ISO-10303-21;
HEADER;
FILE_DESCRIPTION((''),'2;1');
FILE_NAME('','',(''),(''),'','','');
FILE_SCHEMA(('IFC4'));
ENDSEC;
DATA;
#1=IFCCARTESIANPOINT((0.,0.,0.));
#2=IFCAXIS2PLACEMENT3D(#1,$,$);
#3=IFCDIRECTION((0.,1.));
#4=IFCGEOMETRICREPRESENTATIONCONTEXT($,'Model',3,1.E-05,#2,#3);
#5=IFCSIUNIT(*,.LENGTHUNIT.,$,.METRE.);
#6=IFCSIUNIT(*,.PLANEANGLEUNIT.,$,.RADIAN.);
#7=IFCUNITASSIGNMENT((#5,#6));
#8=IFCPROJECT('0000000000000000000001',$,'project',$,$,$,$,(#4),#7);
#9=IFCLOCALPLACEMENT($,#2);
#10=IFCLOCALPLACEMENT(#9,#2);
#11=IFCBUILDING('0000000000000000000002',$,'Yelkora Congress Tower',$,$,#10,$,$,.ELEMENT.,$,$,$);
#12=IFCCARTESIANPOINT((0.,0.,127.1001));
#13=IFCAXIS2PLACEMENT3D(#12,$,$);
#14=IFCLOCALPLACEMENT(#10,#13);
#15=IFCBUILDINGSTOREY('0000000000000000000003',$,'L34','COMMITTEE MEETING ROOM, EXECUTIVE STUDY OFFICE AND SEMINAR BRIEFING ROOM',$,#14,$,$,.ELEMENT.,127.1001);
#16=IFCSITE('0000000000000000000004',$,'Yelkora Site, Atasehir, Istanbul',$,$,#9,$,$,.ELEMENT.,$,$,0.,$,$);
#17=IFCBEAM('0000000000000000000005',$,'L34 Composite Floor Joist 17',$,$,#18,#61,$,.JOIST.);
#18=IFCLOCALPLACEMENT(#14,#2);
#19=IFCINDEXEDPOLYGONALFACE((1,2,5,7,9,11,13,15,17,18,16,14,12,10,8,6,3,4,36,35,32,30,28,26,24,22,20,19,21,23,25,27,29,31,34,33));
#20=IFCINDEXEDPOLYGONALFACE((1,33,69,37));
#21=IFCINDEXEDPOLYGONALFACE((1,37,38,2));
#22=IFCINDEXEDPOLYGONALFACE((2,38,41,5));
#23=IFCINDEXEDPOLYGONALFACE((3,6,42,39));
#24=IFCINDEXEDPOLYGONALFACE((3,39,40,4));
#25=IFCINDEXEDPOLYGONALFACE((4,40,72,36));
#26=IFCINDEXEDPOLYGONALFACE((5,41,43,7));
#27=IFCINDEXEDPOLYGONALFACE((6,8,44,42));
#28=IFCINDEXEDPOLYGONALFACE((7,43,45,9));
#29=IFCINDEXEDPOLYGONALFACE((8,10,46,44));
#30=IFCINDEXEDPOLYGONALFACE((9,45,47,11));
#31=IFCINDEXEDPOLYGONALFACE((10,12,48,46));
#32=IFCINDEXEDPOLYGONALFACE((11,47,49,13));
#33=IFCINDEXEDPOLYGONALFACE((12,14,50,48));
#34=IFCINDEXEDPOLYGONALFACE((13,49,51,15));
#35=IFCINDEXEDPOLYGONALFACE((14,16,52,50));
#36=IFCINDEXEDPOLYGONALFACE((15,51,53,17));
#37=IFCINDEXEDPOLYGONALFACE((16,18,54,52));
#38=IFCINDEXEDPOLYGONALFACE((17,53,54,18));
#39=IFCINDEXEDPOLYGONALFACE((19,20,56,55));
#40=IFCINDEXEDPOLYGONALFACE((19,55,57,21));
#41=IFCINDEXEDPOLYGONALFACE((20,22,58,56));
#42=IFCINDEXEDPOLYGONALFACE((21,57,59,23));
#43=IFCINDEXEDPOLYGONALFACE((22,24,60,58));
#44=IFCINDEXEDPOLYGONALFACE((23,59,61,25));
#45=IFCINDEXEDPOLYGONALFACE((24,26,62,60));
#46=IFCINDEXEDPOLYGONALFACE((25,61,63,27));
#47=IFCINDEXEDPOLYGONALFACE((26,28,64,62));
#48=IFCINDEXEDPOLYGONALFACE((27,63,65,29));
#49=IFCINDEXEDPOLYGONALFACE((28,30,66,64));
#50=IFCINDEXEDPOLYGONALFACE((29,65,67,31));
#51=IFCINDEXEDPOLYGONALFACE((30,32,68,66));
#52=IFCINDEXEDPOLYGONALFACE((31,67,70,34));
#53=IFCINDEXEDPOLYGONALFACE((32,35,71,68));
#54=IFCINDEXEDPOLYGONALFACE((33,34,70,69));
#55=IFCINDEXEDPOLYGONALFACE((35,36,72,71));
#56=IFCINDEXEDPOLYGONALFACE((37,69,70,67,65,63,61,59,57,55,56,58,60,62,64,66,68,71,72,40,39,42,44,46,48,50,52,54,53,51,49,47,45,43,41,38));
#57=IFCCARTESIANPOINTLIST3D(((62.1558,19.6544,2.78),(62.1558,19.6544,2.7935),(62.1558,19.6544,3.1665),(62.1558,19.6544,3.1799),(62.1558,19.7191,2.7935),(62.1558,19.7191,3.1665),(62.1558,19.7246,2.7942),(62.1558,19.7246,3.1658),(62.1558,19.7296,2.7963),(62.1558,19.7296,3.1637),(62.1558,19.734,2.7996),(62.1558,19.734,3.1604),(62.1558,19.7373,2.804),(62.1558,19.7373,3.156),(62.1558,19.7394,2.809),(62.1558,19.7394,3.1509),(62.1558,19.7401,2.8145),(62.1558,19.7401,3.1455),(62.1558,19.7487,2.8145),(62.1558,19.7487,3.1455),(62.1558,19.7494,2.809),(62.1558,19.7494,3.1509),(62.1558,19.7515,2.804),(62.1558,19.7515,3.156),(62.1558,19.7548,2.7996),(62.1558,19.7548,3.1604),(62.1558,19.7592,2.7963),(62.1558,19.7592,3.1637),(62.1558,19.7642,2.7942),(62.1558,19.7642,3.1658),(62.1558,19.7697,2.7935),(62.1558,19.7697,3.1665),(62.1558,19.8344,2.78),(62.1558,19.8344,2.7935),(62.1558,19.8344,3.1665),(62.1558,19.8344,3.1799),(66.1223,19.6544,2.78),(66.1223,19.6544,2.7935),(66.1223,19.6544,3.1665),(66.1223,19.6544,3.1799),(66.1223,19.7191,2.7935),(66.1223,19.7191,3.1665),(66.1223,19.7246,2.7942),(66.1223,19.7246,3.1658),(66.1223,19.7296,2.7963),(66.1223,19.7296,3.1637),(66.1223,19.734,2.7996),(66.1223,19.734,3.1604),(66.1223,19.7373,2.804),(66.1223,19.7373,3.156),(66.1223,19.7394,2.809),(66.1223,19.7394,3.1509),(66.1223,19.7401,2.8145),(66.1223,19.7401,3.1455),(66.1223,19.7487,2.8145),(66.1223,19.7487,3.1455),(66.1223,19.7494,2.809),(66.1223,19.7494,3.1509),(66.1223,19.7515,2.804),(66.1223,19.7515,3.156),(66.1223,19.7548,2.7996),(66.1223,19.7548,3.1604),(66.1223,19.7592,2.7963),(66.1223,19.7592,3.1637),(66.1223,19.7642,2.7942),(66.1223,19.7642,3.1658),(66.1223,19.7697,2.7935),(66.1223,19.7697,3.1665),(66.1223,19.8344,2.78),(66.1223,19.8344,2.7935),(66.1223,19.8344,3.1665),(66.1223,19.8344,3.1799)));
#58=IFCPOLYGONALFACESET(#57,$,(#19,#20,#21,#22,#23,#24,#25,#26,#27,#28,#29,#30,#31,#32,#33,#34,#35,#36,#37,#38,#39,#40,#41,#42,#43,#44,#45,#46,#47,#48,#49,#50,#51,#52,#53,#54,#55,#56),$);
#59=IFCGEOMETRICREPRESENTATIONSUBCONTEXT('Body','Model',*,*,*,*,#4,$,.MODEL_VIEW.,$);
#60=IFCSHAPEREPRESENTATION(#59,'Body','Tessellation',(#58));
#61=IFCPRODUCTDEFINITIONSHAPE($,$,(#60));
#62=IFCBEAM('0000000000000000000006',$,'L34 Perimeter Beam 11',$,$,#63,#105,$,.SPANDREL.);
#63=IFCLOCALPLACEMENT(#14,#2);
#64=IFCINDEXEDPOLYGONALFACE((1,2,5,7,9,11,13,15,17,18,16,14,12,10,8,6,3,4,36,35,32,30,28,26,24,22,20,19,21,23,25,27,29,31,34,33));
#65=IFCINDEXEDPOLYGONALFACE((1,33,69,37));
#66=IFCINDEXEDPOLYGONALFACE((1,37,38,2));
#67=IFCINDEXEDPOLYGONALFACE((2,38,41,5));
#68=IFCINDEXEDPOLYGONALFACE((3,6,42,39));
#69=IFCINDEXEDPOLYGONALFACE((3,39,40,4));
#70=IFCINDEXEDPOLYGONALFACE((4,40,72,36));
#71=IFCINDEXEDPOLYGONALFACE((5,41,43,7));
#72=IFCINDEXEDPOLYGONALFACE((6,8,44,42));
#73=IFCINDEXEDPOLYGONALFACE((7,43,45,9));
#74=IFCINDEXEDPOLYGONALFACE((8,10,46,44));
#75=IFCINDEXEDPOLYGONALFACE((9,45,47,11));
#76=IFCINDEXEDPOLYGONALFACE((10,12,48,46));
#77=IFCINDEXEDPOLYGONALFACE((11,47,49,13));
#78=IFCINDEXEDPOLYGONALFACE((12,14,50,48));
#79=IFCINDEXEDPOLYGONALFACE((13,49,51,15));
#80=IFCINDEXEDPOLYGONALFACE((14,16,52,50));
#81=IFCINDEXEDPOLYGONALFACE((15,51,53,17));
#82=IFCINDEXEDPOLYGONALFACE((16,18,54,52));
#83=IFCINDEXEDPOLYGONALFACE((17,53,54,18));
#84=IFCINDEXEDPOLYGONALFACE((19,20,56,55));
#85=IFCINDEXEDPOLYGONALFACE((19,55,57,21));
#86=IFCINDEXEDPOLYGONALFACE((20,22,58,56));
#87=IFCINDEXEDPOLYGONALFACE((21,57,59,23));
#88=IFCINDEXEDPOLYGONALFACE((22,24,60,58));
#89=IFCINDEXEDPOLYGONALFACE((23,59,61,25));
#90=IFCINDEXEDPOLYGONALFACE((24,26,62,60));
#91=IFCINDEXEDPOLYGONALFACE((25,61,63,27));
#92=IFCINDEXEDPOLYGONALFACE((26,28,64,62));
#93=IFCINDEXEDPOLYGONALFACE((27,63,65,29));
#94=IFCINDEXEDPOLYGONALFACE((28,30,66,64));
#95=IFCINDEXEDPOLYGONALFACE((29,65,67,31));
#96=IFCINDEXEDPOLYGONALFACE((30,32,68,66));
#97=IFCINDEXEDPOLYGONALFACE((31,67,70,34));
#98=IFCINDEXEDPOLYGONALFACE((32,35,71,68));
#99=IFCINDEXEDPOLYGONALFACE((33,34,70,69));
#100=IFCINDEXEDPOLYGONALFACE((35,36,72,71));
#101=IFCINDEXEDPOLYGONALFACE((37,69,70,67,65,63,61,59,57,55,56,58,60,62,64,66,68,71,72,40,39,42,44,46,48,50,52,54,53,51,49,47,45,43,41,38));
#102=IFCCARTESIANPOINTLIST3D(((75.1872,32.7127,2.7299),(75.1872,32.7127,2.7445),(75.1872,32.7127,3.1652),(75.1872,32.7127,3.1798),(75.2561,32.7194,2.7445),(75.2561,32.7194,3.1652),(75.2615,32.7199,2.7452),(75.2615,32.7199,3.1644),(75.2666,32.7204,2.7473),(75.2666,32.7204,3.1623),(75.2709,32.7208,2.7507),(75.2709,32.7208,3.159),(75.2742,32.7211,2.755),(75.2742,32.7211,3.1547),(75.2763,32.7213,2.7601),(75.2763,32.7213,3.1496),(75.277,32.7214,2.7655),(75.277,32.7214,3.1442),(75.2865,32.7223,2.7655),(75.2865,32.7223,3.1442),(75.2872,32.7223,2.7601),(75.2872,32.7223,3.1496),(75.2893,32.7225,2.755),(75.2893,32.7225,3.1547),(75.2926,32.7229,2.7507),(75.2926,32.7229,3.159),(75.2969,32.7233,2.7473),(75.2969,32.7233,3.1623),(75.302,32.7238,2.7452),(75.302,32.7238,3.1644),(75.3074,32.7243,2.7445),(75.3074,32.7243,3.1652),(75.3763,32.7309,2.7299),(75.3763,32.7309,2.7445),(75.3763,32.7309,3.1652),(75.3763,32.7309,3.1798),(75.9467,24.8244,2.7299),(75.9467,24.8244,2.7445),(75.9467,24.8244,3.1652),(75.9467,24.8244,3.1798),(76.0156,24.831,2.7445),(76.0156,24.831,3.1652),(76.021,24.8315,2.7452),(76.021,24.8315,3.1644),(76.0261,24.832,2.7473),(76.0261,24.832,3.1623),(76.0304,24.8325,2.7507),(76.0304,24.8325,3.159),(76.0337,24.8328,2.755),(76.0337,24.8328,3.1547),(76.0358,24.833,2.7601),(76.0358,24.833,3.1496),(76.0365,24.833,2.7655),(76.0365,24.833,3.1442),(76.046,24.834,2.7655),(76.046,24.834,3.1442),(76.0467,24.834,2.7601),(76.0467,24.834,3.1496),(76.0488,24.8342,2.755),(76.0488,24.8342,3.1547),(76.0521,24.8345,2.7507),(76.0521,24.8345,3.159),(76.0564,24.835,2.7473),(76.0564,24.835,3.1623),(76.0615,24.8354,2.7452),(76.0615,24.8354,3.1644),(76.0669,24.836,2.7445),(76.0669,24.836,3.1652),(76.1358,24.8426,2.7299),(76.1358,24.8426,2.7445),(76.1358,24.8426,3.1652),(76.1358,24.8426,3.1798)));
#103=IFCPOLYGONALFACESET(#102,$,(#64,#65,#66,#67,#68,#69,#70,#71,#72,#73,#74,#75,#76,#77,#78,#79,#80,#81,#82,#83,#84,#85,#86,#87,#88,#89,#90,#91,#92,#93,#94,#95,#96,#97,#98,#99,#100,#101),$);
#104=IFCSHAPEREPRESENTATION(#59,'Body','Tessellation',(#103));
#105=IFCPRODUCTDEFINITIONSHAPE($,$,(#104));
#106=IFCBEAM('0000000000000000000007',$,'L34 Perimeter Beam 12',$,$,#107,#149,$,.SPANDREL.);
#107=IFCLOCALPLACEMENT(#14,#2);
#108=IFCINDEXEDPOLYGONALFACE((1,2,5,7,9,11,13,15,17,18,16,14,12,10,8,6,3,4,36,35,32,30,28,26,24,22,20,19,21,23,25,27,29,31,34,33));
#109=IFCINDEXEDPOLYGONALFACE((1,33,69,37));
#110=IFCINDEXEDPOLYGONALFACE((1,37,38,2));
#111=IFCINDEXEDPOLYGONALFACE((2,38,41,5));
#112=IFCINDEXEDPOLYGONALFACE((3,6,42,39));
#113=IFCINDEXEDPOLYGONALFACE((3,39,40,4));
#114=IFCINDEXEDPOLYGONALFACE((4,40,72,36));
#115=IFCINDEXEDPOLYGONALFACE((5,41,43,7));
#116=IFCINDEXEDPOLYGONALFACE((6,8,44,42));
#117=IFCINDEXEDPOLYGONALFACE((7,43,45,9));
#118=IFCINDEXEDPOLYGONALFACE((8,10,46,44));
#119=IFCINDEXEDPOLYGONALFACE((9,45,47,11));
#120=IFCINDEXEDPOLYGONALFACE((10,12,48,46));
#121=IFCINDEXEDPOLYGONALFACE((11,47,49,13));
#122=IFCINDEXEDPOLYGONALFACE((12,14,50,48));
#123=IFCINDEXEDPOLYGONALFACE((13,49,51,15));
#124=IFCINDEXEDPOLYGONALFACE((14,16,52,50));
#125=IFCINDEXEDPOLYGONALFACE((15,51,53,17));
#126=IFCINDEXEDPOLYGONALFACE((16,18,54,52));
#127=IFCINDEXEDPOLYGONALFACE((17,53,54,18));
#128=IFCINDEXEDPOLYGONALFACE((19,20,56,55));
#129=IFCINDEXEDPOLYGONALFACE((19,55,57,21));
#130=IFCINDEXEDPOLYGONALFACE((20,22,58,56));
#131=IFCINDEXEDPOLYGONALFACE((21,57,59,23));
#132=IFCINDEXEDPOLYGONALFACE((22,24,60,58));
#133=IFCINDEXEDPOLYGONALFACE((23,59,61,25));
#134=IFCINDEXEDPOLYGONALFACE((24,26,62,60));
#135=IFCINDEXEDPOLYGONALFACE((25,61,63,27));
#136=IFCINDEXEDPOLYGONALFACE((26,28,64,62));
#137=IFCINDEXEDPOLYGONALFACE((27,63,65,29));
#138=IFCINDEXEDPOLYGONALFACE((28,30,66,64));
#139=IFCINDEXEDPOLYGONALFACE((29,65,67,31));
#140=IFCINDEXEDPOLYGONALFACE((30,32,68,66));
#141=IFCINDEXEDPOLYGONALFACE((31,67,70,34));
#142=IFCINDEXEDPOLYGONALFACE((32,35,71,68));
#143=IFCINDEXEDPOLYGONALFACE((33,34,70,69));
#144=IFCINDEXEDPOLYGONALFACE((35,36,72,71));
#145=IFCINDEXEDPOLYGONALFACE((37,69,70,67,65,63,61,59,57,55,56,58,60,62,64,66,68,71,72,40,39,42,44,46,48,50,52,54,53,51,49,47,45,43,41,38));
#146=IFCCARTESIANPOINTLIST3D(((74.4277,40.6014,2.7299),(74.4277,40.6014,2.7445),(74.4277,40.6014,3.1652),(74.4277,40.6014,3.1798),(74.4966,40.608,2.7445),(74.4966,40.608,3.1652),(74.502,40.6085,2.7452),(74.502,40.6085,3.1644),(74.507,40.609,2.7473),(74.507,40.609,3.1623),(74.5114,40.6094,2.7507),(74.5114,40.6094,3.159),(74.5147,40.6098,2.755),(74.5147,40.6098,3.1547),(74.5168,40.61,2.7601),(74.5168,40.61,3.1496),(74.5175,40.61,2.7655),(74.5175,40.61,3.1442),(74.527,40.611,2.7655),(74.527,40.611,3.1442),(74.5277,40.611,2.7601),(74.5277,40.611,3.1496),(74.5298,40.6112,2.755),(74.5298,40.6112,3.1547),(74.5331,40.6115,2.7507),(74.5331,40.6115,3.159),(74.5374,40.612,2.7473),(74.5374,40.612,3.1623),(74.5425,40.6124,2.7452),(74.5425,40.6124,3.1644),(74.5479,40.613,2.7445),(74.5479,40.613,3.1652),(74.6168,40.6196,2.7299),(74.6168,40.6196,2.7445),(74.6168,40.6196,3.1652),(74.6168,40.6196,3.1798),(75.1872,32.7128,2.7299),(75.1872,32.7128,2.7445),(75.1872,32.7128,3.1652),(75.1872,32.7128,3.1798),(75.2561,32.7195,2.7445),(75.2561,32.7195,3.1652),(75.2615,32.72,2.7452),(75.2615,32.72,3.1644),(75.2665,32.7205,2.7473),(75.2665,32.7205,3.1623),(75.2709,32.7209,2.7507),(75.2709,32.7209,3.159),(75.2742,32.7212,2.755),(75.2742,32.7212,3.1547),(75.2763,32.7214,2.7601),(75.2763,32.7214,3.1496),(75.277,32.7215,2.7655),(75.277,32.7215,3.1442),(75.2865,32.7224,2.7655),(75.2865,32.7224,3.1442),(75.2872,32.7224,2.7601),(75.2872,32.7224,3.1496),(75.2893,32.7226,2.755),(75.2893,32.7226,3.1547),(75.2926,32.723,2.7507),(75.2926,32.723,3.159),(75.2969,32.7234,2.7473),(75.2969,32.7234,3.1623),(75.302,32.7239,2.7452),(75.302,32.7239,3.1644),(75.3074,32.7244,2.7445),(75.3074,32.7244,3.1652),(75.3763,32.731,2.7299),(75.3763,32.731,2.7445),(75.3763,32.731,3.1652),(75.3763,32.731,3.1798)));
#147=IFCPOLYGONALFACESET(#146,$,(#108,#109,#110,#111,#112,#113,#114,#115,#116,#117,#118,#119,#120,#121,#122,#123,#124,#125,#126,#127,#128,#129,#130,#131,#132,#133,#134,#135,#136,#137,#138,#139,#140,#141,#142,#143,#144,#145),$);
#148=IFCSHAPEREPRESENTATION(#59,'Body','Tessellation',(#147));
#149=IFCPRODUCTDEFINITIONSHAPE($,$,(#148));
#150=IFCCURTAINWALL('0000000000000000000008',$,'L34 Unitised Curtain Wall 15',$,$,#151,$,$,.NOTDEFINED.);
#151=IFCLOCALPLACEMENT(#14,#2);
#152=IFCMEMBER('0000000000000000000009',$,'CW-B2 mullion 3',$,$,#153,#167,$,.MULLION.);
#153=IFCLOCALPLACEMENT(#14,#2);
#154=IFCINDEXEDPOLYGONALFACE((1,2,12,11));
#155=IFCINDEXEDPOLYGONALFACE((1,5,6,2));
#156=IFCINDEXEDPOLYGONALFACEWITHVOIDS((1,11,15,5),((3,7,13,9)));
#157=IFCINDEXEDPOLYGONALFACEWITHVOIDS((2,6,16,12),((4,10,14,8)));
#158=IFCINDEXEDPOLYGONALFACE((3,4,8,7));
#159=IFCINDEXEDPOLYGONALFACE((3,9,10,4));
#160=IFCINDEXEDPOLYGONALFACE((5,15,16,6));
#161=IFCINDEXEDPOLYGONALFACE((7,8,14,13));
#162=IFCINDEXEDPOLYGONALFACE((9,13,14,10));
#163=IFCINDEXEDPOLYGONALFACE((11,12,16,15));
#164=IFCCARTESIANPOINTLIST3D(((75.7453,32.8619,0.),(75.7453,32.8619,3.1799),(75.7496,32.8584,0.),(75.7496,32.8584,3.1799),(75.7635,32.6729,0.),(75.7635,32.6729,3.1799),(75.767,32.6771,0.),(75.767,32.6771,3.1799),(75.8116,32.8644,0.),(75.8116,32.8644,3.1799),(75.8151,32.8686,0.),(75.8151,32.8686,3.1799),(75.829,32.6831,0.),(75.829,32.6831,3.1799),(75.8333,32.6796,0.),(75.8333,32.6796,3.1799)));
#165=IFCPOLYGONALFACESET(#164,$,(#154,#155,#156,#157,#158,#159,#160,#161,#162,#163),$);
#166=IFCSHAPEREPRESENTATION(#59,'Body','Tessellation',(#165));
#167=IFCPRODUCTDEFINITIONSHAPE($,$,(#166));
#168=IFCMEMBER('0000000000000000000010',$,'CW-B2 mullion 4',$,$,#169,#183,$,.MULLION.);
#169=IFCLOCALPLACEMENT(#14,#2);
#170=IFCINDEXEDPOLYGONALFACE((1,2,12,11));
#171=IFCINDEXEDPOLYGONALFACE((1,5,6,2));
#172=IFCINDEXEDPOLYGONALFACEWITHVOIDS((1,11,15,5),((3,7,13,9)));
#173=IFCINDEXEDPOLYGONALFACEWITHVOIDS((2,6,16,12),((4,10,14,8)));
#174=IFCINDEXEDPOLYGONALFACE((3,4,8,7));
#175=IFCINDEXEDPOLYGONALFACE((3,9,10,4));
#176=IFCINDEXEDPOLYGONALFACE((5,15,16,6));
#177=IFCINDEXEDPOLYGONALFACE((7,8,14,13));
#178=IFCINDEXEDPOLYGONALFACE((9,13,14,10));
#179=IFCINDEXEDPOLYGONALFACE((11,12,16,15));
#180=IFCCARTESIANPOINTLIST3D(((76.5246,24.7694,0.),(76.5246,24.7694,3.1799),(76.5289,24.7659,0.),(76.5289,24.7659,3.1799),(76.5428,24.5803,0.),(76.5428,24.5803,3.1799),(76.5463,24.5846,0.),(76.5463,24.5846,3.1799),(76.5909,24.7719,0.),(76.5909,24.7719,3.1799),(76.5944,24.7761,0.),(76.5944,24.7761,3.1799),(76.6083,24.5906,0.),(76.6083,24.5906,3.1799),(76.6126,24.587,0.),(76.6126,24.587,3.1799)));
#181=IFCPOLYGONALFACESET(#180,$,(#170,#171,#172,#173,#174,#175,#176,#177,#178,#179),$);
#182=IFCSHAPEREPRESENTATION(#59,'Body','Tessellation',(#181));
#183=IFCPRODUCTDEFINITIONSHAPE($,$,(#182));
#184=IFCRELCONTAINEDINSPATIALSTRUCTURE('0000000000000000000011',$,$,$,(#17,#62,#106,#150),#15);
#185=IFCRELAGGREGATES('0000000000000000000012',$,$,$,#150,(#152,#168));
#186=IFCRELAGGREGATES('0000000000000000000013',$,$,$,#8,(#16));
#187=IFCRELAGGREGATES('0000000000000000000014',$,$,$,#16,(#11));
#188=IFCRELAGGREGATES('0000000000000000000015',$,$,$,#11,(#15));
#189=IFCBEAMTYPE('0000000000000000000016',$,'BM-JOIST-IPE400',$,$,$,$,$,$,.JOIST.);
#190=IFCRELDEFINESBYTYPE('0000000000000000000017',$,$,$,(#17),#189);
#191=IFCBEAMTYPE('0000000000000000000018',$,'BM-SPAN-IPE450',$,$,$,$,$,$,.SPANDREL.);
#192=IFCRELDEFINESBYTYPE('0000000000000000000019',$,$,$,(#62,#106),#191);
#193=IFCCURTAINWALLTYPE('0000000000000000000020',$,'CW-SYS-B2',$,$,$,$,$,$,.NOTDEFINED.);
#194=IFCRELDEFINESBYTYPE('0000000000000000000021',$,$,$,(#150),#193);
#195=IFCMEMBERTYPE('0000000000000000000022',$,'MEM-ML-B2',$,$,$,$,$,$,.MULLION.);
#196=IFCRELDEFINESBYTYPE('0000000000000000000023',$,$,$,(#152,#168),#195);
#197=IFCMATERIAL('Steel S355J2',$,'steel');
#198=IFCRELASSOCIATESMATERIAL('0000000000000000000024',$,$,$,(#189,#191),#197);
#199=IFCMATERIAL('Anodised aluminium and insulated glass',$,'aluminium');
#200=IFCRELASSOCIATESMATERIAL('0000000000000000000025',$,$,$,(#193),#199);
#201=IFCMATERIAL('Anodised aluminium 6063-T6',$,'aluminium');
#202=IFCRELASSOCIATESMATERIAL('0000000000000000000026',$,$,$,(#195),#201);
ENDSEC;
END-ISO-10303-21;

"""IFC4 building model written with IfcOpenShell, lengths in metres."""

from ifc_helpers import new_model, si_unit, direction, frame, origin, origin_2d, place, context, subcontext, project, spatial, hollow_rectangle, i_section, extrude, material, material_profile, profile_set, type_object, element, aggregate, save


model = new_model("IFC4")

# Units and contexts
model_context = context("Model", 3, precision=1e-05, world=origin(), true_north=direction((0.0, 1.0)))
body_context = subcontext(model_context, "Body", "Model", "MODEL_VIEW")
ifc_project = project(units=[si_unit("LENGTHUNIT", "METRE"), si_unit("PLANEANGLEUNIT", "RADIAN")], contexts=[model_context])

# Site, building, storey
site_placement = place(None, origin())
site = spatial("IfcSite", under=ifc_project, at=site_placement, Name="Yelkora Site, Atasehir, Istanbul", CompositionType="ELEMENT", RefElevation=0.0)
building_placement = place(site_placement, origin())
building = spatial("IfcBuilding", under=site, at=building_placement, Name="Yelkora Congress Tower", CompositionType="ELEMENT")
storey_placement = place(building_placement, frame((0.0, 0.0, 127.1001)))
storey = spatial("IfcBuildingStorey", under=building, at=storey_placement, Name="L34", Description="COMMITTEE MEETING ROOM, EXECUTIVE STUDY OFFICE AND SEMINAR BRIEFING ROOM", CompositionType="ELEMENT", Elevation=127.1001)

# Beams
ifc_material_1 = material(Name="Steel S355J2", Category="steel")
ifc_material_profile_1 = material_profile(ifc_material_1, i_section(OverallWidth=0.1799, OverallDepth=0.3999, WebThickness=0.0085, FlangeThickness=0.0134, FilletRadius=0.021, at=origin_2d()), Name="IPE 400")
ifc_profile_set_1 = profile_set([ifc_material_profile_1], Name="Steel S355J2")
beam_type_1 = type_object("IfcBeamType", Name="BM-JOIST-IPE400", PredefinedType="JOIST", material=ifc_profile_set_1)
beam_1_placement = place(storey_placement, frame((62.1558, 19.7444, 2.98), z_axis=(1.0, 0.0, 0.0), x_axis=(0.0, 1.0, 0.0)))
element("IfcBeam", 1, at=beam_1_placement, inside=storey, type_object=beam_type_1, Name="L34 Composite Floor Joist 17", PredefinedType="JOIST", context=body_context, shape_type="SweptSolid", body=[
    extrude(i_section(OverallWidth=0.1799, OverallDepth=0.3999, WebThickness=0.0085, FlangeThickness=0.0134, FilletRadius=0.021, at=origin_2d()), origin(), (0.0, 0.0, 1.0), 3.9666),
])
ifc_material_profile_2 = material_profile(ifc_material_1, i_section(OverallWidth=0.1899, OverallDepth=0.45, WebThickness=0.0095, FlangeThickness=0.0146, FilletRadius=0.021, at=origin_2d()), Name="IPE 450")
ifc_profile_set_2 = profile_set([ifc_material_profile_2], Name="Steel S355J2")
beam_type_2 = type_object("IfcBeamType", Name="BM-SPAN-IPE450", PredefinedType="SPANDREL", material=ifc_profile_set_2)
beam_2_placement = place(storey_placement, frame((76.0413, 24.8335, 2.9548), z_axis=(-0.09584, 0.995397, 0.0), x_axis=(-0.995397, -0.09584, 0.0)))
element("IfcBeam", 2, at=beam_2_placement, inside=storey, type_object=beam_type_2, Name="L34 Perimeter Beam 11", PredefinedType="SPANDREL", context=body_context, shape_type="SweptSolid", body=[
    extrude(i_section(OverallWidth=0.1899, OverallDepth=0.45, WebThickness=0.0095, FlangeThickness=0.0146, FilletRadius=0.021, at=origin_2d()), origin(), (0.0, 0.0, 1.0), 7.9248),
])
beam_3_placement = place(storey_placement, frame((75.2817, 32.7219, 2.9548), z_axis=(-0.095837, 0.995397, 0.0), x_axis=(-0.995397, -0.095837, 0.0)))
element("IfcBeam", 3, at=beam_3_placement, inside=storey, type_object=beam_type_2, Name="L34 Perimeter Beam 12", PredefinedType="SPANDREL", context=body_context, shape_type="SweptSolid", body=[
    extrude(i_section(OverallWidth=0.1899, OverallDepth=0.45, WebThickness=0.0095, FlangeThickness=0.0146, FilletRadius=0.021, at=origin_2d()), origin(), (0.0, 0.0, 1.0), 7.925),
])

# Curtain wall, members
ifc_material_2 = material(Name="Anodised aluminium and insulated glass", Category="aluminium")
curtain_wall_type = type_object("IfcCurtainWallType", Name="CW-SYS-B2", PredefinedType="NOTDEFINED", material=ifc_material_2)
curtain_wall_placement = place(storey_placement, origin())
curtain_wall = element("IfcCurtainWall", 4, at=curtain_wall_placement, inside=storey, type_object=curtain_wall_type, Name="L34 Unitised Curtain Wall 15", PredefinedType="NOTDEFINED")
ifc_material_3 = material(Name="Anodised aluminium 6063-T6", Category="aluminium")
ifc_material_profile_3 = material_profile(ifc_material_3, hollow_rectangle(XDim=0.0701, YDim=0.1899, WallThickness=0.0039, at=origin_2d()), Name="ALU 70x190x4")
ifc_profile_set_3 = profile_set([ifc_material_profile_3], Name="Anodised aluminium 6063-T6")
member_type_1 = type_object("IfcMemberType", Name="MEM-ML-B2", PredefinedType="MULLION", material=ifc_profile_set_3)
member_1_placement = place(storey_placement, frame((75.7893, 32.7708, 0.0), z_axis=(0.0, 0.0, 1.0), x_axis=(0.995397, 0.095843, 0.0)))
member_1 = element("IfcMember", 5, at=member_1_placement, type_object=member_type_1, Name="CW-B2 mullion 3", PredefinedType="MULLION", context=body_context, shape_type="SweptSolid", body=[
    extrude(hollow_rectangle(XDim=0.0701, YDim=0.1899, WallThickness=0.0039, at=origin_2d()), origin(), (0.0, 0.0, 1.0), 3.1799),
])
member_2_placement = place(storey_placement, frame((76.5686, 24.6782, 0.0), z_axis=(0.0, 0.0, 1.0), x_axis=(0.995397, 0.095843, 0.0)))
member_2 = element("IfcMember", 6, at=member_2_placement, type_object=member_type_1, Name="CW-B2 mullion 4", PredefinedType="MULLION", context=body_context, shape_type="SweptSolid", body=[
    extrude(hollow_rectangle(XDim=0.0701, YDim=0.1899, WallThickness=0.0039, at=origin_2d()), origin(), (0.0, 0.0, 1.0), 3.1799),
])
aggregate(curtain_wall, [member_1, member_2])

save(model, "model.ifc")
